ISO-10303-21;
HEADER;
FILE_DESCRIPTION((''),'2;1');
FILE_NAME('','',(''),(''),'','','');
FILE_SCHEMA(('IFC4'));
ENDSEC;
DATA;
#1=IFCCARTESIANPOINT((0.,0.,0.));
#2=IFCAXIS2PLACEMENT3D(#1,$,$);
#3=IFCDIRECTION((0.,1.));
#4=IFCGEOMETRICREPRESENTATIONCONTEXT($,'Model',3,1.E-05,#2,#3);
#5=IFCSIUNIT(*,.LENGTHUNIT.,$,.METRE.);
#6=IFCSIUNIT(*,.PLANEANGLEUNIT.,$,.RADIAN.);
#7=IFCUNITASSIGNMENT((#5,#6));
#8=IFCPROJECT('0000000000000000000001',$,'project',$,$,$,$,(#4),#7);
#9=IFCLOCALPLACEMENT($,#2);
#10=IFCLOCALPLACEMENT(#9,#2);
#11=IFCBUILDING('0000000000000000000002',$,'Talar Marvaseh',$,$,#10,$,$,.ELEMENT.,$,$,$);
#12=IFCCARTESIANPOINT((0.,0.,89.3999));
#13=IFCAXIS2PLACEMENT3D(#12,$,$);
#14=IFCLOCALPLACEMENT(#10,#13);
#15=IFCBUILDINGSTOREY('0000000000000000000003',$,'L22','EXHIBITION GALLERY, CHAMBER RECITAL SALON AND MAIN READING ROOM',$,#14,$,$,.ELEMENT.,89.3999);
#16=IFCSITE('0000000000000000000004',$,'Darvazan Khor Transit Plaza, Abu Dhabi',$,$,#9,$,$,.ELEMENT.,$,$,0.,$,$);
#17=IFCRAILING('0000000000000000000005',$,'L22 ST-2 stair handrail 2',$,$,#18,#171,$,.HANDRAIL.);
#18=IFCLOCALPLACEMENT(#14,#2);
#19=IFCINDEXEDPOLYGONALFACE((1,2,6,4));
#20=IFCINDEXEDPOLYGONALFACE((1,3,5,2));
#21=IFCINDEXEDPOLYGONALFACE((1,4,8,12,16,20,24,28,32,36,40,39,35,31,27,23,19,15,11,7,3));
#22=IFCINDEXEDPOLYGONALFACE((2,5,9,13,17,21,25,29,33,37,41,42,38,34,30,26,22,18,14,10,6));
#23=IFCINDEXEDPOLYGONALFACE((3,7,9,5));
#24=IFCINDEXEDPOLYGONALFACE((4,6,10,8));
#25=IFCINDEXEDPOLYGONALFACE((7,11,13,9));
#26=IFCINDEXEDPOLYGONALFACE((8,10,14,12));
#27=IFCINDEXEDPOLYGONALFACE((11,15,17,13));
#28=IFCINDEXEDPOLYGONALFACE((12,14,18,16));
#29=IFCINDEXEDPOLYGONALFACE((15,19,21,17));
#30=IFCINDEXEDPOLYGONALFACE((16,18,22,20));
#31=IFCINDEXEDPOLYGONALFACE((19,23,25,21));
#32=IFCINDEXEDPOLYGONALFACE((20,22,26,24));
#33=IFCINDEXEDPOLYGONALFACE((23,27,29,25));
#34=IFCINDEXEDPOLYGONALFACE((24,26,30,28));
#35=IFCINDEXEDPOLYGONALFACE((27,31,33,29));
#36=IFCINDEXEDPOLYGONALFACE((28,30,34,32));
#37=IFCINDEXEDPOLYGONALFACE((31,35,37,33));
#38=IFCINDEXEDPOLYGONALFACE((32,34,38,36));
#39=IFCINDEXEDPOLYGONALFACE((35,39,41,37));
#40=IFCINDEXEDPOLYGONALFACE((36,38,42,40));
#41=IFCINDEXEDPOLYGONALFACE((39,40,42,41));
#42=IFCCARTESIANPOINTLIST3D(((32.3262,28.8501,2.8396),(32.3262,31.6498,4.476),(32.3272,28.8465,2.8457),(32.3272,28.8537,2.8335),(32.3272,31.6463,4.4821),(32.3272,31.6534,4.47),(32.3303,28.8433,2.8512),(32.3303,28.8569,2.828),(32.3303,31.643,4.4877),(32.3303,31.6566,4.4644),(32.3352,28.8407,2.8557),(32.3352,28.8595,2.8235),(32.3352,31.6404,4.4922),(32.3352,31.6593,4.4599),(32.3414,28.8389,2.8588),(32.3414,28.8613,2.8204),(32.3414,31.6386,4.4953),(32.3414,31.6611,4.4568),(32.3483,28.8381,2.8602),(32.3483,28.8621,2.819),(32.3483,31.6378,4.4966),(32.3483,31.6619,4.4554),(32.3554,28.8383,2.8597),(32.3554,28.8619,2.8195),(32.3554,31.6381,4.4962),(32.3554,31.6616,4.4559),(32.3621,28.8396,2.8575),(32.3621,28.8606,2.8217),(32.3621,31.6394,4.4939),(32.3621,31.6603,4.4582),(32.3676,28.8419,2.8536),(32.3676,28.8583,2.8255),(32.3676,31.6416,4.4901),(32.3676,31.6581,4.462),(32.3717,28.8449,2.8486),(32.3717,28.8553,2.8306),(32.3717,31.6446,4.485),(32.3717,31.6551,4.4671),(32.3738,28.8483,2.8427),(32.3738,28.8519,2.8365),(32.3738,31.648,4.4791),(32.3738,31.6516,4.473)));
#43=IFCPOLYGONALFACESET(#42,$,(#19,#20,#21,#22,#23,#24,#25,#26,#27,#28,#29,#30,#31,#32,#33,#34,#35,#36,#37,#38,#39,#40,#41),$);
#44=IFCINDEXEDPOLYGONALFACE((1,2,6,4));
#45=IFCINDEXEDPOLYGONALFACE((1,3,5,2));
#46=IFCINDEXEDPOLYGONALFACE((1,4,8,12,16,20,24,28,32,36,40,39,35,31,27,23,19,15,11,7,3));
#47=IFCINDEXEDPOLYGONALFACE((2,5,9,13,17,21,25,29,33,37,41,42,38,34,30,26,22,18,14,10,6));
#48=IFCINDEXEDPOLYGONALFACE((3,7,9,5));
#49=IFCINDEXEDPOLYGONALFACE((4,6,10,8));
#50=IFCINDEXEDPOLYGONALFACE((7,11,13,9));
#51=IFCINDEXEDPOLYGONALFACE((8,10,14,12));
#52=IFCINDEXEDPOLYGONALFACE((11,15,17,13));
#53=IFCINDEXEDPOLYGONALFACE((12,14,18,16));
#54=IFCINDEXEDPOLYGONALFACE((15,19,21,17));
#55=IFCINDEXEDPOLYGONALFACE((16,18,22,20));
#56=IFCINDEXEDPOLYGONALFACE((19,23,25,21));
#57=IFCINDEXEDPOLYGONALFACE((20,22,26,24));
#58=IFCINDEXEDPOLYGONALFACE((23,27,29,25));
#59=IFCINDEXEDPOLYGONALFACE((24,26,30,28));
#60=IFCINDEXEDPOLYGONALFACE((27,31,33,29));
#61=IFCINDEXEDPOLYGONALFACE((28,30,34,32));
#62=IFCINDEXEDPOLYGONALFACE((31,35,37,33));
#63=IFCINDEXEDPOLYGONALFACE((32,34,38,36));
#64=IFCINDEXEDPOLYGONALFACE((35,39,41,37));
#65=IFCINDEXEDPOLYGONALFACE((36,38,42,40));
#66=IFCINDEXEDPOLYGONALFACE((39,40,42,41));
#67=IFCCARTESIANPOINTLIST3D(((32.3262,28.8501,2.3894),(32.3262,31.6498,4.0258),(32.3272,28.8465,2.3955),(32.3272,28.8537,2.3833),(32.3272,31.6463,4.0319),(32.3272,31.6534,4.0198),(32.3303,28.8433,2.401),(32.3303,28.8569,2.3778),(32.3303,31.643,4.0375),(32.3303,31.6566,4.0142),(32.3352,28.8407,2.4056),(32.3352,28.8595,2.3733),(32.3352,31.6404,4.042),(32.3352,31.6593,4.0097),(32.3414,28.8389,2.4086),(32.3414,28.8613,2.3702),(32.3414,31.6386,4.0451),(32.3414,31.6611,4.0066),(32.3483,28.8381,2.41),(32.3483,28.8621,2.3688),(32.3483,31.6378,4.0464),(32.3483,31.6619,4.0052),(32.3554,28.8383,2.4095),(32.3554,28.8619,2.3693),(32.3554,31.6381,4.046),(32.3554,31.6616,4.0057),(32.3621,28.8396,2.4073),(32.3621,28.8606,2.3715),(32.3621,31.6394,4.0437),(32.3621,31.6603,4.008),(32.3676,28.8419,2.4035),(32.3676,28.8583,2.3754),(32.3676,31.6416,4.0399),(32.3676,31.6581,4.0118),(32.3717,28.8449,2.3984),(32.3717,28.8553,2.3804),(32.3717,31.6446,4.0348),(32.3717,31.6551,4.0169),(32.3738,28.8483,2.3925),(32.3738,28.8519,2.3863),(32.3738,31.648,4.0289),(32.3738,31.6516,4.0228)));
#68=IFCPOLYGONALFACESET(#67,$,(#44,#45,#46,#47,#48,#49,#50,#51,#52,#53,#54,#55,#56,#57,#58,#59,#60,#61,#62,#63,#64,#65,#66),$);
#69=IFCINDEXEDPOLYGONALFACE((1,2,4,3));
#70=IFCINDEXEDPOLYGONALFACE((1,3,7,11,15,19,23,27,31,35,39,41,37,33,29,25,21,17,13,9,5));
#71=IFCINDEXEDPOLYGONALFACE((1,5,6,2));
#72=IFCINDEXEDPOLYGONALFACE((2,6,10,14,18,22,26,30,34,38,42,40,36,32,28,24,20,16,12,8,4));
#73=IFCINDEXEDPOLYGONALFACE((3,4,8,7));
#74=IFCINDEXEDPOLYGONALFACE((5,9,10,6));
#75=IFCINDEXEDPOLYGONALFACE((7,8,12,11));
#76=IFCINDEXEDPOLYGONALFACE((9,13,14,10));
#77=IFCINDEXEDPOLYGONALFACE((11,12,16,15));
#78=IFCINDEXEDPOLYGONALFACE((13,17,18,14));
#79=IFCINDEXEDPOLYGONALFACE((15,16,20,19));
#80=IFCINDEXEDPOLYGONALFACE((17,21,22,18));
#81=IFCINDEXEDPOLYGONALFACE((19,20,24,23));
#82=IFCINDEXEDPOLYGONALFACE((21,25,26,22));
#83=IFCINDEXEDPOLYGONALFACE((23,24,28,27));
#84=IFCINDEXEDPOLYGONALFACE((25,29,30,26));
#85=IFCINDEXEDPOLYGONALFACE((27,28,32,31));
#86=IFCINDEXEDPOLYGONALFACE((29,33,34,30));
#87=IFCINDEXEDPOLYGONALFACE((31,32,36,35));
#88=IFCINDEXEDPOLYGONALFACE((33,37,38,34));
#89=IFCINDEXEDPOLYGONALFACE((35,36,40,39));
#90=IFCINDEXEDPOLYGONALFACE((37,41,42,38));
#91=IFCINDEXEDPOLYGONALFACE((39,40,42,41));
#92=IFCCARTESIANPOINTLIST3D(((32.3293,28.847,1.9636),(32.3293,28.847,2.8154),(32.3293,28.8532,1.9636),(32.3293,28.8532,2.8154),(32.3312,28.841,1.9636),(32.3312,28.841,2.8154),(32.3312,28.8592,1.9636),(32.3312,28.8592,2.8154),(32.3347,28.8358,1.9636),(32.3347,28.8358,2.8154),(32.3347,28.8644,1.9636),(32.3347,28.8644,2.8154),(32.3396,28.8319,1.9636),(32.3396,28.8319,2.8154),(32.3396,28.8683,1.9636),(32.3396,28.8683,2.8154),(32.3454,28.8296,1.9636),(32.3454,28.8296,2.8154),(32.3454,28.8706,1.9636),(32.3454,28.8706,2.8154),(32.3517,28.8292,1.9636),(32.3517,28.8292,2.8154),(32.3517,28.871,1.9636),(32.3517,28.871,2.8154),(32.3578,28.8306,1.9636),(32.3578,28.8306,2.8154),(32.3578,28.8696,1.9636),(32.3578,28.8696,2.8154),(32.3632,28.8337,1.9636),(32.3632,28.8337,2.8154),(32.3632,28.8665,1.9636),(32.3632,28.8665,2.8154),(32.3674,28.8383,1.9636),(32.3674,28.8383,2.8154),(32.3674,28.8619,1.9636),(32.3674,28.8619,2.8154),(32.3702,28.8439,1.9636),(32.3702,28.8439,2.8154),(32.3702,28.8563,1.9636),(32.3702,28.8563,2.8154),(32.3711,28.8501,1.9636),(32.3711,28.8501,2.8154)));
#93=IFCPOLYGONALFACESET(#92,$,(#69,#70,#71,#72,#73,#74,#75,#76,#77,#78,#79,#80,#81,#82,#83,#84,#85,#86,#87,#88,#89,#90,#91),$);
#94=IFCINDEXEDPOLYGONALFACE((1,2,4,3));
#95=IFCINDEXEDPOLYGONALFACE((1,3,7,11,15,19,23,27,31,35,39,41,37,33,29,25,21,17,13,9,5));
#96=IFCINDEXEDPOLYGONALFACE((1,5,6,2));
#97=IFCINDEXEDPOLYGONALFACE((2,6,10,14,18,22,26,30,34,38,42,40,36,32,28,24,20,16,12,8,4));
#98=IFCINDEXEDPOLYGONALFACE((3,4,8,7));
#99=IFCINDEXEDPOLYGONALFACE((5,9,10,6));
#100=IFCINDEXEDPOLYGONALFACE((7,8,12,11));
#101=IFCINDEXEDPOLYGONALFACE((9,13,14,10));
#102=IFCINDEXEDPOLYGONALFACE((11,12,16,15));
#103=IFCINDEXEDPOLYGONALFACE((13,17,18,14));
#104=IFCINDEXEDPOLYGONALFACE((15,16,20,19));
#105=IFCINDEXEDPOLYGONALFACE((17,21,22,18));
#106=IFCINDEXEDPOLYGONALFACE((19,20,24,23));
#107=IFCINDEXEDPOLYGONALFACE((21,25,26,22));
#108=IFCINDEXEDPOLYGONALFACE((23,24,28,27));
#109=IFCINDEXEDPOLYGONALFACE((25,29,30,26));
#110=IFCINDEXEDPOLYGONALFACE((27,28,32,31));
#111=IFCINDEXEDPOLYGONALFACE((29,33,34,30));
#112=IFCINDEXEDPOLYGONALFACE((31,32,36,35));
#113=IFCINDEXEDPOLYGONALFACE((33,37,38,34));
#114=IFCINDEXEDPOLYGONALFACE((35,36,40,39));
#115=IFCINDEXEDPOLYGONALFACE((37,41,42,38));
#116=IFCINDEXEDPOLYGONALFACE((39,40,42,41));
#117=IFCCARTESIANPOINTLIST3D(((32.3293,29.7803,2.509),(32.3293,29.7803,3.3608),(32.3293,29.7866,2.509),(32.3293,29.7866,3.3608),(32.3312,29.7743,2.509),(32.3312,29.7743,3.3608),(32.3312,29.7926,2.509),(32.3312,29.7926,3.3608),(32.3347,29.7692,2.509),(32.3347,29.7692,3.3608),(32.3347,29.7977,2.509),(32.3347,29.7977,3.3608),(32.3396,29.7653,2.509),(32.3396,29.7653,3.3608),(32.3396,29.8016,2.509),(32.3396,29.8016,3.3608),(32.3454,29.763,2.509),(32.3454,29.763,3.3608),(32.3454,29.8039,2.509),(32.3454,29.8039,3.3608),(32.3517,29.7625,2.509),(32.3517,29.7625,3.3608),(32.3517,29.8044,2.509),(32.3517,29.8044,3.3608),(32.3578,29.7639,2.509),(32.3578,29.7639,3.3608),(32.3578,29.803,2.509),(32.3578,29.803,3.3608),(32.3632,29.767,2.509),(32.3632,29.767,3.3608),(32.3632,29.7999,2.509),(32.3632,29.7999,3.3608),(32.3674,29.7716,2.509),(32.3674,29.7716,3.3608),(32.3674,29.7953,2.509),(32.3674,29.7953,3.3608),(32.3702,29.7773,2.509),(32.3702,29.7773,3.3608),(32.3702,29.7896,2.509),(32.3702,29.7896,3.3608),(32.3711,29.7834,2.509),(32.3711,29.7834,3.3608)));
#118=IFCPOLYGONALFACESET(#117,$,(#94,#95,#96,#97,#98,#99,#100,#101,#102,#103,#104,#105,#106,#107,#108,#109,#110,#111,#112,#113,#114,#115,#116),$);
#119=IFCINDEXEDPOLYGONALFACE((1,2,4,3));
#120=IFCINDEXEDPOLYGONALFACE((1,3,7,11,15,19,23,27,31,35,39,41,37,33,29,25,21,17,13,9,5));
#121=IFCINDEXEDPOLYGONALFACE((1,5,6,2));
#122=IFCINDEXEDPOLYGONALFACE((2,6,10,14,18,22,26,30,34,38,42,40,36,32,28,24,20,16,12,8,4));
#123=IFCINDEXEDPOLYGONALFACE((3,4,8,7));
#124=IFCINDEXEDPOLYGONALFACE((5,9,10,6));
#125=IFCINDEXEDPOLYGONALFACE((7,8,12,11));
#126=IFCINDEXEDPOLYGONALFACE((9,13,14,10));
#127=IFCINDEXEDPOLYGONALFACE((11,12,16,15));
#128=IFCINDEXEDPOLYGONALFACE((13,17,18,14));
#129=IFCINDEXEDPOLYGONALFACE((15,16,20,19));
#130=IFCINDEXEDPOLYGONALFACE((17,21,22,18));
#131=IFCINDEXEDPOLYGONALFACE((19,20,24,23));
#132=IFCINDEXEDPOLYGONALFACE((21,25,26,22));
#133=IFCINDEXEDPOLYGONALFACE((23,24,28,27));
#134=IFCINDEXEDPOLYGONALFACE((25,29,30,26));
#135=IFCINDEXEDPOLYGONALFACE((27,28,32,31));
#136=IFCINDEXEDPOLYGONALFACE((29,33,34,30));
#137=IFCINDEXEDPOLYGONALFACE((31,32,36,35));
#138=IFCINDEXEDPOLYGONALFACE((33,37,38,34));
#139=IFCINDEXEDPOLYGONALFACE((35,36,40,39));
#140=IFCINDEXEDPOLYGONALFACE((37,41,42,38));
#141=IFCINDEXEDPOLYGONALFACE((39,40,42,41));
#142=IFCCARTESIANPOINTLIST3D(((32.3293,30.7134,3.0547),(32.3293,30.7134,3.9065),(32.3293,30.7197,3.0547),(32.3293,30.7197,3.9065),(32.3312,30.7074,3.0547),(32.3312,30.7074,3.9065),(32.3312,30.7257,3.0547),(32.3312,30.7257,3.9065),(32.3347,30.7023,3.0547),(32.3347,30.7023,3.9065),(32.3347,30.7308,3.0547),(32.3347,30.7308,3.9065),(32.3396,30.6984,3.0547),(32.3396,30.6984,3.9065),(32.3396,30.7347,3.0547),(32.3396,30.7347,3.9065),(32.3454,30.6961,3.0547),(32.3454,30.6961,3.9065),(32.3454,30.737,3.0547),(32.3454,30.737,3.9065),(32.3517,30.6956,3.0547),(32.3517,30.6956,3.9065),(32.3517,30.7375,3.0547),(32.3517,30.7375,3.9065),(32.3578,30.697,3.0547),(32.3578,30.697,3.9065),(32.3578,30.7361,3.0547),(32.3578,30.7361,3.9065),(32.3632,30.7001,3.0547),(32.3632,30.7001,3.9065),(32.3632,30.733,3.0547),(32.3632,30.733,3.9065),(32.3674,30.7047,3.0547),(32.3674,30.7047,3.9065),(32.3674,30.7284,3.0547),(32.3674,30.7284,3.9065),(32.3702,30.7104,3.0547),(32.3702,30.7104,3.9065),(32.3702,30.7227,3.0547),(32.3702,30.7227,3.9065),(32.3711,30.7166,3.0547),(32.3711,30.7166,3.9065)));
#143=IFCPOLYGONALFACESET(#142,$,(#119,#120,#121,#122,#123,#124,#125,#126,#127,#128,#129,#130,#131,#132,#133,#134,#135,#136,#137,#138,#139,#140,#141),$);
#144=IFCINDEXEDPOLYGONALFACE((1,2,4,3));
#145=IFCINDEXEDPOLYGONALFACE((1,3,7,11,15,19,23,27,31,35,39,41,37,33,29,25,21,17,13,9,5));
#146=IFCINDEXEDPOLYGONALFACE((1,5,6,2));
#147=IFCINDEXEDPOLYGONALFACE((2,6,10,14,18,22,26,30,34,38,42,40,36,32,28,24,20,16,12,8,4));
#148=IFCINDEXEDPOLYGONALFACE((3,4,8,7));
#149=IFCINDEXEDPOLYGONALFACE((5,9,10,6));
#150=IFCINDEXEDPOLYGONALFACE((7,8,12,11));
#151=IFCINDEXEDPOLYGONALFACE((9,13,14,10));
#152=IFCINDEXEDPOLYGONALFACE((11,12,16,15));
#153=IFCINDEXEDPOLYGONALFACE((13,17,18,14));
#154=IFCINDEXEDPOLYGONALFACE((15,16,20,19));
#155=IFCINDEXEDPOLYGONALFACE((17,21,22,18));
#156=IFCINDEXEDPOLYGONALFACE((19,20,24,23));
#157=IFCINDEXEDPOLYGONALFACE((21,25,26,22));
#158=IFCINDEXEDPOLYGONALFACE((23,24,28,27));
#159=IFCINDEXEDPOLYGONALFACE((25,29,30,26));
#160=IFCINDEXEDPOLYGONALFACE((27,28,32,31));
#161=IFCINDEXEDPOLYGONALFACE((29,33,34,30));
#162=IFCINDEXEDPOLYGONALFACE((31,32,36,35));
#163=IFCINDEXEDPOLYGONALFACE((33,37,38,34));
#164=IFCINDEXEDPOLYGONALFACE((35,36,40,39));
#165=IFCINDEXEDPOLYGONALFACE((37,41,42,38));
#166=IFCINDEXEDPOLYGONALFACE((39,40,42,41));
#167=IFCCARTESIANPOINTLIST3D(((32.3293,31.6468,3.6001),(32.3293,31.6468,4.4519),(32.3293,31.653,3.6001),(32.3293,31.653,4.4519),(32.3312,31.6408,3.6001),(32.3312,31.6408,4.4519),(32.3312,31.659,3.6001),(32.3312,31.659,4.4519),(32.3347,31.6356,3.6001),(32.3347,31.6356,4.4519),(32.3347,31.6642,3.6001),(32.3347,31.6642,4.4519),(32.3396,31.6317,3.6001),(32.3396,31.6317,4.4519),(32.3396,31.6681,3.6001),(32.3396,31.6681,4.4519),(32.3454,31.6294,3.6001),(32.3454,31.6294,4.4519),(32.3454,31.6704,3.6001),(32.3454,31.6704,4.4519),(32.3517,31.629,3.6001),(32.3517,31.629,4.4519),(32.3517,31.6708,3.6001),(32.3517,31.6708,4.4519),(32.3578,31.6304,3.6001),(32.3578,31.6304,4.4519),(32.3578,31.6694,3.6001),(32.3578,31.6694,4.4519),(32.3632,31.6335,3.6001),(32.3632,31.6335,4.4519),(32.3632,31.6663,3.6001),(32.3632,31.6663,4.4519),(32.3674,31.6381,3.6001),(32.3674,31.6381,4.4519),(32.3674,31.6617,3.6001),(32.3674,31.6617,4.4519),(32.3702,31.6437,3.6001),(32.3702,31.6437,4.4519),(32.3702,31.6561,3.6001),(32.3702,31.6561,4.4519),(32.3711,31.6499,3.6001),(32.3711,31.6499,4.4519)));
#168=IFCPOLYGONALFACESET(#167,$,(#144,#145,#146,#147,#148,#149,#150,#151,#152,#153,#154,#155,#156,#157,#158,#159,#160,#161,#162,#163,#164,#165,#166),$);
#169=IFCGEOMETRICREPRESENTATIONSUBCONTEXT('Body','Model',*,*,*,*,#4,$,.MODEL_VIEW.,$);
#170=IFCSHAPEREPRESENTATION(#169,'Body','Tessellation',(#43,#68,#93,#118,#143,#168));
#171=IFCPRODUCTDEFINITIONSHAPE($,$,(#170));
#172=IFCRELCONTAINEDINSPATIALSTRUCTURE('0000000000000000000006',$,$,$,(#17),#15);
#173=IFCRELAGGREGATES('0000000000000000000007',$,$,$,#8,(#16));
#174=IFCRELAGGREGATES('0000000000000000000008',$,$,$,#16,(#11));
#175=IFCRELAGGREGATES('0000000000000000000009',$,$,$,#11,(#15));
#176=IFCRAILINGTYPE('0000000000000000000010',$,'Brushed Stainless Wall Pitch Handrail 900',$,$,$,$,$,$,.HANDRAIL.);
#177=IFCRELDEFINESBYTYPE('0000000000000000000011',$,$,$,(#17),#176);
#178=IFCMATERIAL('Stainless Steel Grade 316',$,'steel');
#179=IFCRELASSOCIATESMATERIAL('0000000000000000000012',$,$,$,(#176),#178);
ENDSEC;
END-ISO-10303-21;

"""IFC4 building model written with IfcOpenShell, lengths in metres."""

from ifc_helpers import new_model, si_unit, direction, frame, origin, origin_2d, place, context, subcontext, project, spatial, circle, extrude, material, type_object, element, save


model = new_model("IFC4")

# Units and contexts
model_context = context("Model", 3, precision=1e-05, world=origin(), true_north=direction((0.0, 1.0)))
body_context = subcontext(model_context, "Body", "Model", "MODEL_VIEW")
ifc_project = project(units=[si_unit("LENGTHUNIT", "METRE"), si_unit("PLANEANGLEUNIT", "RADIAN")], contexts=[model_context])

# Site, building, storey
site_placement = place(None, origin())
site = spatial("IfcSite", under=ifc_project, at=site_placement, Name="Darvazan Khor Transit Plaza, Abu Dhabi", CompositionType="ELEMENT", RefElevation=0.0)
building_placement = place(site_placement, origin())
building = spatial("IfcBuilding", under=site, at=building_placement, Name="Talar Marvaseh", CompositionType="ELEMENT")
storey_placement = place(building_placement, frame((0.0, 0.0, 89.3999)))
storey = spatial("IfcBuildingStorey", under=building, at=storey_placement, Name="L22", Description="EXHIBITION GALLERY, CHAMBER RECITAL SALON AND MAIN READING ROOM", CompositionType="ELEMENT", Elevation=89.3999)

# Railing
ifc_material_1 = material(Name="Stainless Steel Grade 316", Category="steel")
railing_type = type_object("IfcRailingType", Name="Brushed Stainless Wall Pitch Handrail 900", PredefinedType="HANDRAIL", material=ifc_material_1)
railing_placement = place(storey_placement, frame((32.3501, 28.8501, 1.9636)))
element("IfcRailing", 1, at=railing_placement, inside=storey, type_object=railing_type, Name="L22 ST-2 stair handrail 2", PredefinedType="HANDRAIL", context=body_context, shape_type="SweptSolid", body=[
    extrude(circle(Radius=0.0239, at=origin_2d()), frame((0.0, 0.0, 0.876), z_axis=(0.0, 0.863342, 0.50462), x_axis=(-1.0, 0.0, 0.0)), (0.0, 0.0, 1.0), 3.2429),
    extrude(circle(Radius=0.0239, at=origin_2d()), frame((0.0, 0.0, 0.4258), z_axis=(0.0, 0.863342, 0.50462), x_axis=(-1.0, 0.0, 0.0)), (0.0, 0.0, 1.0), 3.2429),
    extrude(circle(Radius=0.021, at=origin_2d()), origin(), (0.0, 0.0, 1.0), 0.8518),
    extrude(circle(Radius=0.021, at=origin_2d()), frame((0.0, 0.9333, 0.5454)), (0.0, 0.0, 1.0), 0.8518),
    extrude(circle(Radius=0.021, at=origin_2d()), frame((0.0, 1.8665, 1.0911)), (0.0, 0.0, 1.0), 0.8518),
    extrude(circle(Radius=0.021, at=origin_2d()), frame((0.0, 2.7998, 1.6365)), (0.0, 0.0, 1.0), 0.8518),
])

save(model, "model.ifc")
